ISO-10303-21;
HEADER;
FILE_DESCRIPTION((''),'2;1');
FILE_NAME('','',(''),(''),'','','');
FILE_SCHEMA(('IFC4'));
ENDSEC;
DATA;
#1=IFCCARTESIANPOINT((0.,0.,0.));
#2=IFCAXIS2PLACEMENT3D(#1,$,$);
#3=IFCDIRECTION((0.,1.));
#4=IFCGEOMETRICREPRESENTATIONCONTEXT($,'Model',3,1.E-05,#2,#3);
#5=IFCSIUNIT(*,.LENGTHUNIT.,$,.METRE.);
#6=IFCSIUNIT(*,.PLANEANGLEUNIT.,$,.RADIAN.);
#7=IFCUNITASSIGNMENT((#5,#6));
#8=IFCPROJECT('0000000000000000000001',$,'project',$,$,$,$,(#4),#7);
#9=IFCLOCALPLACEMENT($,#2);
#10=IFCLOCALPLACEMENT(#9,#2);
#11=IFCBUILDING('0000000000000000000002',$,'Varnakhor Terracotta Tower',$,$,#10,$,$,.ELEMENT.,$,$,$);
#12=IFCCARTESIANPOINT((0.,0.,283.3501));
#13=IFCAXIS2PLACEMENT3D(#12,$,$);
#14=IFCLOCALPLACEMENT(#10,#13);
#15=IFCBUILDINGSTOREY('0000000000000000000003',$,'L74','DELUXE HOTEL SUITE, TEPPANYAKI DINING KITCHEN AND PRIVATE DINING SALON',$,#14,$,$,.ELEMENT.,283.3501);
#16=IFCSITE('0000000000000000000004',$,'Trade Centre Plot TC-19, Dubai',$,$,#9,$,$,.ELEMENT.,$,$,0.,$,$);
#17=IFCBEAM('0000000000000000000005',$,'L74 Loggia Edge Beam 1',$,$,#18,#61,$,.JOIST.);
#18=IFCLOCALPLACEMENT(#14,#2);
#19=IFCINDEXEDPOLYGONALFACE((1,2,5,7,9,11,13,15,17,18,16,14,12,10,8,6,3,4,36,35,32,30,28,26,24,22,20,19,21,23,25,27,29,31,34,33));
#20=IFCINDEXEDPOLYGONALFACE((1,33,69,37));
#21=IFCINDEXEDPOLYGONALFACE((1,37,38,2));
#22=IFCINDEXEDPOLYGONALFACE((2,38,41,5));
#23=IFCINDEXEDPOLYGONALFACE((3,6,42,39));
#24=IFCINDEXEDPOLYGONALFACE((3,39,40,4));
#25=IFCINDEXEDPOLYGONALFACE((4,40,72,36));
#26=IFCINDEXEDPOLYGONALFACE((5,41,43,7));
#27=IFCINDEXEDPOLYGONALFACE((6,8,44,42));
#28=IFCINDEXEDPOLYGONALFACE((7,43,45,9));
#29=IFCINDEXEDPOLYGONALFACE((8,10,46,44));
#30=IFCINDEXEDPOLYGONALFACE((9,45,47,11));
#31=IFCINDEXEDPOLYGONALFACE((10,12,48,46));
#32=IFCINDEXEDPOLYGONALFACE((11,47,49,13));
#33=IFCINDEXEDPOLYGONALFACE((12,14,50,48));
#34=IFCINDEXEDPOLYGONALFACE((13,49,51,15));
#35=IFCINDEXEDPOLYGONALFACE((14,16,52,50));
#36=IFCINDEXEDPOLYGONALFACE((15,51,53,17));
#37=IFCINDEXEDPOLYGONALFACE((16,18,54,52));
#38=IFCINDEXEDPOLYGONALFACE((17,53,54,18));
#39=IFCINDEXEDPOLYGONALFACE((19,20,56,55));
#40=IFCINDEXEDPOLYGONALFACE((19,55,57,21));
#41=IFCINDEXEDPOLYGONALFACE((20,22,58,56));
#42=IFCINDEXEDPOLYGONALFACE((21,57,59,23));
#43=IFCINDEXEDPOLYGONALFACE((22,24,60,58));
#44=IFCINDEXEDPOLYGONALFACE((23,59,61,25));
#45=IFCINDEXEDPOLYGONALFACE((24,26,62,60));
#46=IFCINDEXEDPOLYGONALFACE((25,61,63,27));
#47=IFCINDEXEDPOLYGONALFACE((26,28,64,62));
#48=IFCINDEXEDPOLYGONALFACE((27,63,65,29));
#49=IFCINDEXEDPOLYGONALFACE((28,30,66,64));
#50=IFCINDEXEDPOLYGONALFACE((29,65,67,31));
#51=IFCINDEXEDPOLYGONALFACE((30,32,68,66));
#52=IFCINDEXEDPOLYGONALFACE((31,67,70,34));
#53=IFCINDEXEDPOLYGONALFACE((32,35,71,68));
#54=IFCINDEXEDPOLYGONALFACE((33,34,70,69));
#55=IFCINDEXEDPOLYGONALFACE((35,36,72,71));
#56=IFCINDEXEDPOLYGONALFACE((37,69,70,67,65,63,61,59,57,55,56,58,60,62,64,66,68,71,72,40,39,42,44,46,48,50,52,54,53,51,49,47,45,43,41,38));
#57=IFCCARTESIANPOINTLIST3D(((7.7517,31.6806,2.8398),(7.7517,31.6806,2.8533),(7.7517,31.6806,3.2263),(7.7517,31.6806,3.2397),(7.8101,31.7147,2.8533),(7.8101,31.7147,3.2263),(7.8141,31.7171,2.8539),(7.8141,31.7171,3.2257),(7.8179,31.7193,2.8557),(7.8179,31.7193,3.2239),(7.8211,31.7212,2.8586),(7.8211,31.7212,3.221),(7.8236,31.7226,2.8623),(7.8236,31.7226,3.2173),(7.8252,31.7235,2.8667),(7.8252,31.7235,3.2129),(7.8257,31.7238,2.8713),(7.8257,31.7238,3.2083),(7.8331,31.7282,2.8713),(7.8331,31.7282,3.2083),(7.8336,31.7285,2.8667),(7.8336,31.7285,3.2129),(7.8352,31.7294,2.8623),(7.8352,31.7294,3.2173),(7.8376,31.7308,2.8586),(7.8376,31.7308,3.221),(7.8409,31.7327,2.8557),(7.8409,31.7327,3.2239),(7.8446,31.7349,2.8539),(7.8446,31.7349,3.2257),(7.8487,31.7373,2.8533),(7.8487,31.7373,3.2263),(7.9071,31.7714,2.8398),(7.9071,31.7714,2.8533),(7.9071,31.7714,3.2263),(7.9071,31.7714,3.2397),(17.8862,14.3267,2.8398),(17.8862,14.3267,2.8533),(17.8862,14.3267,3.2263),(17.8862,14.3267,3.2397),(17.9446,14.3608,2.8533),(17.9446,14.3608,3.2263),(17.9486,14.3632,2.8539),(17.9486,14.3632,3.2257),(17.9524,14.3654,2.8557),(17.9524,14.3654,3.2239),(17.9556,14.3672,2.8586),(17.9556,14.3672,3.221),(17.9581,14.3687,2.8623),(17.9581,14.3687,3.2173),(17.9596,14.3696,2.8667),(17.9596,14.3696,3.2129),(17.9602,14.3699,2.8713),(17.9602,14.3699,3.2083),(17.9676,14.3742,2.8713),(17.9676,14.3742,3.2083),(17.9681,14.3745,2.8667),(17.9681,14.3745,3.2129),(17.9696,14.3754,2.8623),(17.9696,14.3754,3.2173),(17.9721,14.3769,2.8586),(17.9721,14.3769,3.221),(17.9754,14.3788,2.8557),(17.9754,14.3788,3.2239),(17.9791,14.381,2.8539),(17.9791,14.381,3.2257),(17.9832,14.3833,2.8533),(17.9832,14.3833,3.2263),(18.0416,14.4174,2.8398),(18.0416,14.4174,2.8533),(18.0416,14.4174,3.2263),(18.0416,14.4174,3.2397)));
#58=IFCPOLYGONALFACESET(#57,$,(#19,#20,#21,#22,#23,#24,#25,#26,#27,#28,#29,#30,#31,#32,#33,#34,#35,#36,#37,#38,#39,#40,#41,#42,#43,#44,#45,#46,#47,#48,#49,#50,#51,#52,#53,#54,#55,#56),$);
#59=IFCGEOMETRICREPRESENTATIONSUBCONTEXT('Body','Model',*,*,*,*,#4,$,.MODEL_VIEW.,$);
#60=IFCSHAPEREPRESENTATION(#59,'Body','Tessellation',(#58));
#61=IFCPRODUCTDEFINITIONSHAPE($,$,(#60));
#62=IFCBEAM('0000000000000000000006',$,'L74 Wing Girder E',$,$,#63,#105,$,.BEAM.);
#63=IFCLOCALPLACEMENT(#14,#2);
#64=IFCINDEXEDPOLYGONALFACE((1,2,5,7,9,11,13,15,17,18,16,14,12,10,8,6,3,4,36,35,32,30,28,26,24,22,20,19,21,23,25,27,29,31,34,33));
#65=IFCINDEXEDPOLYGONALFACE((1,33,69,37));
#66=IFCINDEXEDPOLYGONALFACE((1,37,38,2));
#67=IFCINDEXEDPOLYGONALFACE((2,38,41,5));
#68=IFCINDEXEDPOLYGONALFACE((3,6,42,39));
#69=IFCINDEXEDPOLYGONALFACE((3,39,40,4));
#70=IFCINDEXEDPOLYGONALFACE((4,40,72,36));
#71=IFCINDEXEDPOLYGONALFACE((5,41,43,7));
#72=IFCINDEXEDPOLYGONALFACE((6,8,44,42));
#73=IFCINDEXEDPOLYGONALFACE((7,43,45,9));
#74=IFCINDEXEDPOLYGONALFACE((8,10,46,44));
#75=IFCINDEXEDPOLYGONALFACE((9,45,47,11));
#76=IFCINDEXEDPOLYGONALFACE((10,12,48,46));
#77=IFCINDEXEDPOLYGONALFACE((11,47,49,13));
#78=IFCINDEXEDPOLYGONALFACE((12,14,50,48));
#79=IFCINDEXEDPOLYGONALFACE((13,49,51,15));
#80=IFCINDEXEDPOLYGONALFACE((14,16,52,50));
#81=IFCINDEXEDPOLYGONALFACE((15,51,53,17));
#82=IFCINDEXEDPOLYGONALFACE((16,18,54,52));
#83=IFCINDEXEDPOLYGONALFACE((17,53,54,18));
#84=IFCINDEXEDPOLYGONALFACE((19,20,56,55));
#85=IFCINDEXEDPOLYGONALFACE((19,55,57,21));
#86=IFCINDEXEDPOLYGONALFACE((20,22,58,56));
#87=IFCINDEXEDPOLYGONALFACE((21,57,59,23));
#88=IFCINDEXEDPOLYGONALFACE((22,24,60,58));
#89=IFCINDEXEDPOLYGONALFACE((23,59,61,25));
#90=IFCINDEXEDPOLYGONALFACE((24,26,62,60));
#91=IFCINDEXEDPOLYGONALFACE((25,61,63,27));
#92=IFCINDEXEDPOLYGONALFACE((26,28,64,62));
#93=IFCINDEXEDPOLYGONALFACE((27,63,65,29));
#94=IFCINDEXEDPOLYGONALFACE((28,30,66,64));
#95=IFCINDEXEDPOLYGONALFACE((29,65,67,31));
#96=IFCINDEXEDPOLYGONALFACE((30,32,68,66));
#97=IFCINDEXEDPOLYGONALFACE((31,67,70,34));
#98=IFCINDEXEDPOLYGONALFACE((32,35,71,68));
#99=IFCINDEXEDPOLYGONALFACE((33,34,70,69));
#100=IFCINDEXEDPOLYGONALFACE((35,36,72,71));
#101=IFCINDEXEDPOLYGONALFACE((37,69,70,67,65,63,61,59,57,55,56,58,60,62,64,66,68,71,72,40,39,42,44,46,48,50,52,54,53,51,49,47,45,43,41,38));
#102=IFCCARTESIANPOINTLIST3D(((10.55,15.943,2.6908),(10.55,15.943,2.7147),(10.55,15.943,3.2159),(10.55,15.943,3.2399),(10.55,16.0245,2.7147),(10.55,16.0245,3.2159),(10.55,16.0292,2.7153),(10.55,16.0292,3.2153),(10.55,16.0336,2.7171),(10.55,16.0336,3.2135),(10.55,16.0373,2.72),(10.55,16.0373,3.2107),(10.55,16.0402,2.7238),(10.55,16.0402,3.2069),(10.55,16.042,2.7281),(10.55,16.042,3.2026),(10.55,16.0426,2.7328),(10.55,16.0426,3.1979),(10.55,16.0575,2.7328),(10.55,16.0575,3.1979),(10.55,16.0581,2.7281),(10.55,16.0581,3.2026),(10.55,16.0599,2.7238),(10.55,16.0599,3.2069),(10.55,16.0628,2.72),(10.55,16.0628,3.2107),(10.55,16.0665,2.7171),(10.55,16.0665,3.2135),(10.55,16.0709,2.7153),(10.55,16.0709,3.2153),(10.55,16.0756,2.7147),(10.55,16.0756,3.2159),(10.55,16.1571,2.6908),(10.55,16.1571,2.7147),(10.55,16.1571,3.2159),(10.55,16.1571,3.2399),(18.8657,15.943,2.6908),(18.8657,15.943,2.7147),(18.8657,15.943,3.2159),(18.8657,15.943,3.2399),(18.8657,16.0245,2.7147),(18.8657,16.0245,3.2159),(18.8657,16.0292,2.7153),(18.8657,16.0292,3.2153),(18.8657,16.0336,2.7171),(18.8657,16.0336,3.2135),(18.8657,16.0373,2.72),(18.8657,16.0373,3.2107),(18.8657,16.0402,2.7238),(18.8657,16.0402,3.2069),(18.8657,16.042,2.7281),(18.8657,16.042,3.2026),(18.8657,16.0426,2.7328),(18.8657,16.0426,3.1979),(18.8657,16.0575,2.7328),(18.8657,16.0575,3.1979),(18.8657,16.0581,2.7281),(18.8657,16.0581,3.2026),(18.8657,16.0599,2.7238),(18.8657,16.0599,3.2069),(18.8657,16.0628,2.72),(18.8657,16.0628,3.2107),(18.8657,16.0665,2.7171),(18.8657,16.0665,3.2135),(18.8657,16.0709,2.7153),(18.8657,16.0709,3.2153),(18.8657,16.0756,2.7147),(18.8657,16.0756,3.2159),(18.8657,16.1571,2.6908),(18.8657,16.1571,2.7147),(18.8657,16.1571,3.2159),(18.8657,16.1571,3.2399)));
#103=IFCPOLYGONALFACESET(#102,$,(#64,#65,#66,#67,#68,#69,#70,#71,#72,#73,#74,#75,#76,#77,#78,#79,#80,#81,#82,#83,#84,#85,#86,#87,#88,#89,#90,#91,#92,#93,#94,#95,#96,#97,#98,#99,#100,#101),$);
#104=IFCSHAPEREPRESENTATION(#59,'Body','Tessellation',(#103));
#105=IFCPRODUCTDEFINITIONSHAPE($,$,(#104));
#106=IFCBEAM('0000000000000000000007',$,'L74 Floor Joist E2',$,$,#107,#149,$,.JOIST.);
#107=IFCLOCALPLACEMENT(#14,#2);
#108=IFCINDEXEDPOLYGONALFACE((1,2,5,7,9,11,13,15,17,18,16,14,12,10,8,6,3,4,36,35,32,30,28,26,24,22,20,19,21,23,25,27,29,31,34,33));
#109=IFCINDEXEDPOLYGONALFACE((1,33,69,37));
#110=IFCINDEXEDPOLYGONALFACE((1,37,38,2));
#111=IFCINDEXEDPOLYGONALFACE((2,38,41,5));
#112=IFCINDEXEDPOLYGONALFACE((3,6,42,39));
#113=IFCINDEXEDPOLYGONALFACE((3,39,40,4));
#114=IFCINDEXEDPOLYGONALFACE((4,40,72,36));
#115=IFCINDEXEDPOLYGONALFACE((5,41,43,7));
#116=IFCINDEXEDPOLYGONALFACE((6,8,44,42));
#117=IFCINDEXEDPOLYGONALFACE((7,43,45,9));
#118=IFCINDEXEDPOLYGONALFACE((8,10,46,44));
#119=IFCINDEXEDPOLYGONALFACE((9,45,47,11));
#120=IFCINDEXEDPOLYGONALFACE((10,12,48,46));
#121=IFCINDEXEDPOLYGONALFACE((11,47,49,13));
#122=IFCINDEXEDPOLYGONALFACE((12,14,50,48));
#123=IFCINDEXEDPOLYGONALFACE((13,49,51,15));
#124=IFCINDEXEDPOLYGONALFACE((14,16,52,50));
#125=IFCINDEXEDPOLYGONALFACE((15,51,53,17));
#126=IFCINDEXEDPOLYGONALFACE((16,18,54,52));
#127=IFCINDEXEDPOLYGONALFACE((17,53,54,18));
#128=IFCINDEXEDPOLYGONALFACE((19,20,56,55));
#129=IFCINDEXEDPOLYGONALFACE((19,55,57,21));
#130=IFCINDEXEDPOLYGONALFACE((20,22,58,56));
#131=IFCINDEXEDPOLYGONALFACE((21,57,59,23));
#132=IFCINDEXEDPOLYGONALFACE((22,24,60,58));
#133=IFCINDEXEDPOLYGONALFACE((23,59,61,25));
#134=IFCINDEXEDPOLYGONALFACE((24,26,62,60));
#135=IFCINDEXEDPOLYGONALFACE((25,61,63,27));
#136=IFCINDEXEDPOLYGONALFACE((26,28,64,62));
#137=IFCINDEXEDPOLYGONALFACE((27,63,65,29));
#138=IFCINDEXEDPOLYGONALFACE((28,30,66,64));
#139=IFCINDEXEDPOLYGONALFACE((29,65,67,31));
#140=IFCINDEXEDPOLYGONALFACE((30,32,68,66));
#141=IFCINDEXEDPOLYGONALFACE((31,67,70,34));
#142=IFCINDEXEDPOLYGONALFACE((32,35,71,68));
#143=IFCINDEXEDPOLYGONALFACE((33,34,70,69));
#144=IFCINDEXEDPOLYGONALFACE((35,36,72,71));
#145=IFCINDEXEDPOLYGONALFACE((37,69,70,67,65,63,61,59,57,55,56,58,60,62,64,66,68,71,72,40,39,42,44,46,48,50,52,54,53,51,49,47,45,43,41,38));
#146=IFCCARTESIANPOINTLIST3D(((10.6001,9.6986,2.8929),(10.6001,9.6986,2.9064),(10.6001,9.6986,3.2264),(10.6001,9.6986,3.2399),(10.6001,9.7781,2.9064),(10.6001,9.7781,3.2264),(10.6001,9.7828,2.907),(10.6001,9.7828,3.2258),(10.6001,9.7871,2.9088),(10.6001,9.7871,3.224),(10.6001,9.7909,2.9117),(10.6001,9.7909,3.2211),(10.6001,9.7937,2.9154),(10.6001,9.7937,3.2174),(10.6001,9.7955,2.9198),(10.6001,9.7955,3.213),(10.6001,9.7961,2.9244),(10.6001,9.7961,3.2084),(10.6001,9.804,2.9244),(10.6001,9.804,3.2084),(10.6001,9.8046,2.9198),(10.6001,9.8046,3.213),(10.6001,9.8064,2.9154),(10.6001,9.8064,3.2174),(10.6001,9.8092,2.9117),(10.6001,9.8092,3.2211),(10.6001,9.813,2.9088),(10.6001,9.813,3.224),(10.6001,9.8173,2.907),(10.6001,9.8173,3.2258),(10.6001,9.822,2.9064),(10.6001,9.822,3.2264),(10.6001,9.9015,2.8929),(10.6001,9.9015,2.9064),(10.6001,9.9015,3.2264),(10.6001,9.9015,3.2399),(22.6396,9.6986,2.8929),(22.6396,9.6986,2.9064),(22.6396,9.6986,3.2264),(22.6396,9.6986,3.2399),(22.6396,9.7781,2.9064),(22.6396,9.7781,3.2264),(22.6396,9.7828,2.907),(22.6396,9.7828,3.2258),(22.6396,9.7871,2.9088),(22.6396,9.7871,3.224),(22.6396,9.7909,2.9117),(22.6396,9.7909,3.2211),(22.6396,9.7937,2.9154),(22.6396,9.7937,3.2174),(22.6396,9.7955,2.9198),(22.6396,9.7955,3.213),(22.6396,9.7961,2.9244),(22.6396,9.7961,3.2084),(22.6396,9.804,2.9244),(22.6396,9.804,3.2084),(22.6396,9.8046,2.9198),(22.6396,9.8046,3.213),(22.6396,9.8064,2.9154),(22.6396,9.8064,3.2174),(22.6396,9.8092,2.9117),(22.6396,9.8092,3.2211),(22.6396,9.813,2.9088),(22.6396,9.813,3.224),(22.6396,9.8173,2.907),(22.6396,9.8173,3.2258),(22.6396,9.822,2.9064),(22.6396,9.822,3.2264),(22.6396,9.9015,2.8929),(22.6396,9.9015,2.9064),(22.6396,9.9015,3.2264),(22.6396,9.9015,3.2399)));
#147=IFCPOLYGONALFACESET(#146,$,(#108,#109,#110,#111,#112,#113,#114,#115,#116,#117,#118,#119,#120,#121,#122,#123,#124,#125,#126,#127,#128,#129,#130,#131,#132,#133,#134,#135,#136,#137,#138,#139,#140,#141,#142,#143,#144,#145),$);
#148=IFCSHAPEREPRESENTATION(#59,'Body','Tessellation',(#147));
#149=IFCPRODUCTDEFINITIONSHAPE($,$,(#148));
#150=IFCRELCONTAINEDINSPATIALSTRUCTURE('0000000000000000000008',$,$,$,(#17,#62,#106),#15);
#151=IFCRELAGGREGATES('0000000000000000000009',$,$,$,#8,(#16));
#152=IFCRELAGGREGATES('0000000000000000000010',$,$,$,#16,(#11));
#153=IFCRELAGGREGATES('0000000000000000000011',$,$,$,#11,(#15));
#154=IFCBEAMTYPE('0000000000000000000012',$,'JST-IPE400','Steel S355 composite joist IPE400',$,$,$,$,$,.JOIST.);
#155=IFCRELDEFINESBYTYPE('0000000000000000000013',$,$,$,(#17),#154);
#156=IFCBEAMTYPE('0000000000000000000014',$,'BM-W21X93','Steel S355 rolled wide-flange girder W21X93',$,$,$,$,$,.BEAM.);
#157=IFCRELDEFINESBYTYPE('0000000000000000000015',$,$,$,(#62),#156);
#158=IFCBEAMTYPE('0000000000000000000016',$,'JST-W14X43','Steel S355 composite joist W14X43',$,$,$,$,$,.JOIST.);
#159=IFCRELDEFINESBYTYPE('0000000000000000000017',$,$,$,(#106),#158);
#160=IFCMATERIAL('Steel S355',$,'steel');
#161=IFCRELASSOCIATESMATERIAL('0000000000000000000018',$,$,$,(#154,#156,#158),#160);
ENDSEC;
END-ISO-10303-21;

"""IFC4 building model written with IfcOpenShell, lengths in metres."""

from ifc_helpers import new_model, si_unit, direction, frame, origin, origin_2d, place, context, subcontext, project, spatial, i_section, extrude, source, transform, mapped, material, material_profile, profile_set, type_object, element, save


model = new_model("IFC4")

# Units and contexts
model_context = context("Model", 3, precision=1e-05, world=origin(), true_north=direction((0.0, 1.0)))
body_context = subcontext(model_context, "Body", "Model", "MODEL_VIEW")
ifc_project = project(units=[si_unit("LENGTHUNIT", "METRE"), si_unit("PLANEANGLEUNIT", "RADIAN")], contexts=[model_context])

# Site, building, storey
site_placement = place(None, origin())
site = spatial("IfcSite", under=ifc_project, at=site_placement, Name="Trade Centre Plot TC-19, Dubai", CompositionType="ELEMENT", RefElevation=0.0)
building_placement = place(site_placement, origin())
building = spatial("IfcBuilding", under=site, at=building_placement, Name="Varnakhor Terracotta Tower", CompositionType="ELEMENT")
storey_placement = place(building_placement, frame((0.0, 0.0, 283.3501)))
storey = spatial("IfcBuildingStorey", under=building, at=storey_placement, Name="L74", Description="DELUXE HOTEL SUITE, TEPPANYAKI DINING KITCHEN AND PRIVATE DINING SALON", CompositionType="ELEMENT", Elevation=283.3501)

# Beams
ifc_material_1 = material(Name="Steel S355", Category="steel")
ifc_material_profile_1 = material_profile(ifc_material_1, i_section(OverallWidth=0.1799, OverallDepth=0.3999, WebThickness=0.0085, FlangeThickness=0.0134, FilletRadius=0.0181, at=origin_2d()), Name="IPE400")
ifc_profile_set_1 = profile_set([ifc_material_profile_1], Name="Steel S355")
beam_type_1 = type_object("IfcBeamType", Name="JST-IPE400", Description="Steel S355 composite joist IPE400", PredefinedType="JOIST", material=ifc_profile_set_1)
shared_shape_1 = source(origin(), body_context, "Body", "SweptSolid", [
    extrude(i_section(OverallWidth=0.1799, OverallDepth=0.3999, WebThickness=0.0085, FlangeThickness=0.0134, FilletRadius=0.0181, at=origin_2d()), origin(), (0.0, 0.0, 1.0), 20.0964),
])
beam_1_placement = place(storey_placement, frame((17.9639, 14.3721, 3.0398), z_axis=(-0.504292, 0.863533, 0.0), x_axis=(-0.863533, -0.504292, 0.0)))
element("IfcBeam", 1, at=beam_1_placement, inside=storey, type_object=beam_type_1, Name="L74 Loggia Edge Beam 1", PredefinedType="JOIST", context=body_context, shape_type="MappedRepresentation", body=[
    mapped(shared_shape_1, transform((0.0, 0.0, 0.0), scale=1.0)),
])
ifc_material_profile_2 = material_profile(ifc_material_1, i_section(OverallWidth=0.2141, OverallDepth=0.5491, WebThickness=0.0149, FlangeThickness=0.0239, FilletRadius=0.0181, at=origin_2d()), Name="W21X93")
ifc_profile_set_2 = profile_set([ifc_material_profile_2], Name="Steel S355")
beam_type_2 = type_object("IfcBeamType", Name="BM-W21X93", Description="Steel S355 rolled wide-flange girder W21X93", PredefinedType="BEAM", material=ifc_profile_set_2)
shared_shape_2 = source(origin(), body_context, "Body", "SweptSolid", [
    extrude(i_section(OverallWidth=0.2141, OverallDepth=0.5491, WebThickness=0.0149, FlangeThickness=0.0239, FilletRadius=0.0181, at=origin_2d()), origin(), (0.0, 0.0, 1.0), 8.3157),
])
beam_2_placement = place(storey_placement, frame((10.55, 16.05, 2.9653), z_axis=(1.0, 0.0, 0.0), x_axis=(0.0, 1.0, 0.0)))
element("IfcBeam", 2, at=beam_2_placement, inside=storey, type_object=beam_type_2, Name="L74 Wing Girder E", PredefinedType="BEAM", context=body_context, shape_type="MappedRepresentation", body=[
    mapped(shared_shape_2, transform((0.0, 0.0, 0.0), scale=1.0)),
])
ifc_material_profile_3 = material_profile(ifc_material_1, i_section(OverallWidth=0.2029, OverallDepth=0.3469, WebThickness=0.0078, FlangeThickness=0.0134, FilletRadius=0.0181, at=origin_2d()), Name="W14X43")
ifc_profile_set_3 = profile_set([ifc_material_profile_3], Name="Steel S355")
beam_type_3 = type_object("IfcBeamType", Name="JST-W14X43", Description="Steel S355 composite joist W14X43", PredefinedType="JOIST", material=ifc_profile_set_3)
shared_shape_3 = source(origin(), body_context, "Body", "SweptSolid", [
    extrude(i_section(OverallWidth=0.2029, OverallDepth=0.3469, WebThickness=0.0078, FlangeThickness=0.0134, FilletRadius=0.0181, at=origin_2d()), origin(), (0.0, 0.0, 1.0), 12.0396),
])
beam_3_placement = place(storey_placement, frame((10.6001, 9.8, 3.0664), z_axis=(1.0, 0.0, 0.0), x_axis=(0.0, 1.0, 0.0)))
element("IfcBeam", 3, at=beam_3_placement, inside=storey, type_object=beam_type_3, Name="L74 Floor Joist E2", PredefinedType="JOIST", context=body_context, shape_type="MappedRepresentation", body=[
    mapped(shared_shape_3, transform((0.0, 0.0, 0.0), scale=1.0)),
])

save(model, "model.ifc")
